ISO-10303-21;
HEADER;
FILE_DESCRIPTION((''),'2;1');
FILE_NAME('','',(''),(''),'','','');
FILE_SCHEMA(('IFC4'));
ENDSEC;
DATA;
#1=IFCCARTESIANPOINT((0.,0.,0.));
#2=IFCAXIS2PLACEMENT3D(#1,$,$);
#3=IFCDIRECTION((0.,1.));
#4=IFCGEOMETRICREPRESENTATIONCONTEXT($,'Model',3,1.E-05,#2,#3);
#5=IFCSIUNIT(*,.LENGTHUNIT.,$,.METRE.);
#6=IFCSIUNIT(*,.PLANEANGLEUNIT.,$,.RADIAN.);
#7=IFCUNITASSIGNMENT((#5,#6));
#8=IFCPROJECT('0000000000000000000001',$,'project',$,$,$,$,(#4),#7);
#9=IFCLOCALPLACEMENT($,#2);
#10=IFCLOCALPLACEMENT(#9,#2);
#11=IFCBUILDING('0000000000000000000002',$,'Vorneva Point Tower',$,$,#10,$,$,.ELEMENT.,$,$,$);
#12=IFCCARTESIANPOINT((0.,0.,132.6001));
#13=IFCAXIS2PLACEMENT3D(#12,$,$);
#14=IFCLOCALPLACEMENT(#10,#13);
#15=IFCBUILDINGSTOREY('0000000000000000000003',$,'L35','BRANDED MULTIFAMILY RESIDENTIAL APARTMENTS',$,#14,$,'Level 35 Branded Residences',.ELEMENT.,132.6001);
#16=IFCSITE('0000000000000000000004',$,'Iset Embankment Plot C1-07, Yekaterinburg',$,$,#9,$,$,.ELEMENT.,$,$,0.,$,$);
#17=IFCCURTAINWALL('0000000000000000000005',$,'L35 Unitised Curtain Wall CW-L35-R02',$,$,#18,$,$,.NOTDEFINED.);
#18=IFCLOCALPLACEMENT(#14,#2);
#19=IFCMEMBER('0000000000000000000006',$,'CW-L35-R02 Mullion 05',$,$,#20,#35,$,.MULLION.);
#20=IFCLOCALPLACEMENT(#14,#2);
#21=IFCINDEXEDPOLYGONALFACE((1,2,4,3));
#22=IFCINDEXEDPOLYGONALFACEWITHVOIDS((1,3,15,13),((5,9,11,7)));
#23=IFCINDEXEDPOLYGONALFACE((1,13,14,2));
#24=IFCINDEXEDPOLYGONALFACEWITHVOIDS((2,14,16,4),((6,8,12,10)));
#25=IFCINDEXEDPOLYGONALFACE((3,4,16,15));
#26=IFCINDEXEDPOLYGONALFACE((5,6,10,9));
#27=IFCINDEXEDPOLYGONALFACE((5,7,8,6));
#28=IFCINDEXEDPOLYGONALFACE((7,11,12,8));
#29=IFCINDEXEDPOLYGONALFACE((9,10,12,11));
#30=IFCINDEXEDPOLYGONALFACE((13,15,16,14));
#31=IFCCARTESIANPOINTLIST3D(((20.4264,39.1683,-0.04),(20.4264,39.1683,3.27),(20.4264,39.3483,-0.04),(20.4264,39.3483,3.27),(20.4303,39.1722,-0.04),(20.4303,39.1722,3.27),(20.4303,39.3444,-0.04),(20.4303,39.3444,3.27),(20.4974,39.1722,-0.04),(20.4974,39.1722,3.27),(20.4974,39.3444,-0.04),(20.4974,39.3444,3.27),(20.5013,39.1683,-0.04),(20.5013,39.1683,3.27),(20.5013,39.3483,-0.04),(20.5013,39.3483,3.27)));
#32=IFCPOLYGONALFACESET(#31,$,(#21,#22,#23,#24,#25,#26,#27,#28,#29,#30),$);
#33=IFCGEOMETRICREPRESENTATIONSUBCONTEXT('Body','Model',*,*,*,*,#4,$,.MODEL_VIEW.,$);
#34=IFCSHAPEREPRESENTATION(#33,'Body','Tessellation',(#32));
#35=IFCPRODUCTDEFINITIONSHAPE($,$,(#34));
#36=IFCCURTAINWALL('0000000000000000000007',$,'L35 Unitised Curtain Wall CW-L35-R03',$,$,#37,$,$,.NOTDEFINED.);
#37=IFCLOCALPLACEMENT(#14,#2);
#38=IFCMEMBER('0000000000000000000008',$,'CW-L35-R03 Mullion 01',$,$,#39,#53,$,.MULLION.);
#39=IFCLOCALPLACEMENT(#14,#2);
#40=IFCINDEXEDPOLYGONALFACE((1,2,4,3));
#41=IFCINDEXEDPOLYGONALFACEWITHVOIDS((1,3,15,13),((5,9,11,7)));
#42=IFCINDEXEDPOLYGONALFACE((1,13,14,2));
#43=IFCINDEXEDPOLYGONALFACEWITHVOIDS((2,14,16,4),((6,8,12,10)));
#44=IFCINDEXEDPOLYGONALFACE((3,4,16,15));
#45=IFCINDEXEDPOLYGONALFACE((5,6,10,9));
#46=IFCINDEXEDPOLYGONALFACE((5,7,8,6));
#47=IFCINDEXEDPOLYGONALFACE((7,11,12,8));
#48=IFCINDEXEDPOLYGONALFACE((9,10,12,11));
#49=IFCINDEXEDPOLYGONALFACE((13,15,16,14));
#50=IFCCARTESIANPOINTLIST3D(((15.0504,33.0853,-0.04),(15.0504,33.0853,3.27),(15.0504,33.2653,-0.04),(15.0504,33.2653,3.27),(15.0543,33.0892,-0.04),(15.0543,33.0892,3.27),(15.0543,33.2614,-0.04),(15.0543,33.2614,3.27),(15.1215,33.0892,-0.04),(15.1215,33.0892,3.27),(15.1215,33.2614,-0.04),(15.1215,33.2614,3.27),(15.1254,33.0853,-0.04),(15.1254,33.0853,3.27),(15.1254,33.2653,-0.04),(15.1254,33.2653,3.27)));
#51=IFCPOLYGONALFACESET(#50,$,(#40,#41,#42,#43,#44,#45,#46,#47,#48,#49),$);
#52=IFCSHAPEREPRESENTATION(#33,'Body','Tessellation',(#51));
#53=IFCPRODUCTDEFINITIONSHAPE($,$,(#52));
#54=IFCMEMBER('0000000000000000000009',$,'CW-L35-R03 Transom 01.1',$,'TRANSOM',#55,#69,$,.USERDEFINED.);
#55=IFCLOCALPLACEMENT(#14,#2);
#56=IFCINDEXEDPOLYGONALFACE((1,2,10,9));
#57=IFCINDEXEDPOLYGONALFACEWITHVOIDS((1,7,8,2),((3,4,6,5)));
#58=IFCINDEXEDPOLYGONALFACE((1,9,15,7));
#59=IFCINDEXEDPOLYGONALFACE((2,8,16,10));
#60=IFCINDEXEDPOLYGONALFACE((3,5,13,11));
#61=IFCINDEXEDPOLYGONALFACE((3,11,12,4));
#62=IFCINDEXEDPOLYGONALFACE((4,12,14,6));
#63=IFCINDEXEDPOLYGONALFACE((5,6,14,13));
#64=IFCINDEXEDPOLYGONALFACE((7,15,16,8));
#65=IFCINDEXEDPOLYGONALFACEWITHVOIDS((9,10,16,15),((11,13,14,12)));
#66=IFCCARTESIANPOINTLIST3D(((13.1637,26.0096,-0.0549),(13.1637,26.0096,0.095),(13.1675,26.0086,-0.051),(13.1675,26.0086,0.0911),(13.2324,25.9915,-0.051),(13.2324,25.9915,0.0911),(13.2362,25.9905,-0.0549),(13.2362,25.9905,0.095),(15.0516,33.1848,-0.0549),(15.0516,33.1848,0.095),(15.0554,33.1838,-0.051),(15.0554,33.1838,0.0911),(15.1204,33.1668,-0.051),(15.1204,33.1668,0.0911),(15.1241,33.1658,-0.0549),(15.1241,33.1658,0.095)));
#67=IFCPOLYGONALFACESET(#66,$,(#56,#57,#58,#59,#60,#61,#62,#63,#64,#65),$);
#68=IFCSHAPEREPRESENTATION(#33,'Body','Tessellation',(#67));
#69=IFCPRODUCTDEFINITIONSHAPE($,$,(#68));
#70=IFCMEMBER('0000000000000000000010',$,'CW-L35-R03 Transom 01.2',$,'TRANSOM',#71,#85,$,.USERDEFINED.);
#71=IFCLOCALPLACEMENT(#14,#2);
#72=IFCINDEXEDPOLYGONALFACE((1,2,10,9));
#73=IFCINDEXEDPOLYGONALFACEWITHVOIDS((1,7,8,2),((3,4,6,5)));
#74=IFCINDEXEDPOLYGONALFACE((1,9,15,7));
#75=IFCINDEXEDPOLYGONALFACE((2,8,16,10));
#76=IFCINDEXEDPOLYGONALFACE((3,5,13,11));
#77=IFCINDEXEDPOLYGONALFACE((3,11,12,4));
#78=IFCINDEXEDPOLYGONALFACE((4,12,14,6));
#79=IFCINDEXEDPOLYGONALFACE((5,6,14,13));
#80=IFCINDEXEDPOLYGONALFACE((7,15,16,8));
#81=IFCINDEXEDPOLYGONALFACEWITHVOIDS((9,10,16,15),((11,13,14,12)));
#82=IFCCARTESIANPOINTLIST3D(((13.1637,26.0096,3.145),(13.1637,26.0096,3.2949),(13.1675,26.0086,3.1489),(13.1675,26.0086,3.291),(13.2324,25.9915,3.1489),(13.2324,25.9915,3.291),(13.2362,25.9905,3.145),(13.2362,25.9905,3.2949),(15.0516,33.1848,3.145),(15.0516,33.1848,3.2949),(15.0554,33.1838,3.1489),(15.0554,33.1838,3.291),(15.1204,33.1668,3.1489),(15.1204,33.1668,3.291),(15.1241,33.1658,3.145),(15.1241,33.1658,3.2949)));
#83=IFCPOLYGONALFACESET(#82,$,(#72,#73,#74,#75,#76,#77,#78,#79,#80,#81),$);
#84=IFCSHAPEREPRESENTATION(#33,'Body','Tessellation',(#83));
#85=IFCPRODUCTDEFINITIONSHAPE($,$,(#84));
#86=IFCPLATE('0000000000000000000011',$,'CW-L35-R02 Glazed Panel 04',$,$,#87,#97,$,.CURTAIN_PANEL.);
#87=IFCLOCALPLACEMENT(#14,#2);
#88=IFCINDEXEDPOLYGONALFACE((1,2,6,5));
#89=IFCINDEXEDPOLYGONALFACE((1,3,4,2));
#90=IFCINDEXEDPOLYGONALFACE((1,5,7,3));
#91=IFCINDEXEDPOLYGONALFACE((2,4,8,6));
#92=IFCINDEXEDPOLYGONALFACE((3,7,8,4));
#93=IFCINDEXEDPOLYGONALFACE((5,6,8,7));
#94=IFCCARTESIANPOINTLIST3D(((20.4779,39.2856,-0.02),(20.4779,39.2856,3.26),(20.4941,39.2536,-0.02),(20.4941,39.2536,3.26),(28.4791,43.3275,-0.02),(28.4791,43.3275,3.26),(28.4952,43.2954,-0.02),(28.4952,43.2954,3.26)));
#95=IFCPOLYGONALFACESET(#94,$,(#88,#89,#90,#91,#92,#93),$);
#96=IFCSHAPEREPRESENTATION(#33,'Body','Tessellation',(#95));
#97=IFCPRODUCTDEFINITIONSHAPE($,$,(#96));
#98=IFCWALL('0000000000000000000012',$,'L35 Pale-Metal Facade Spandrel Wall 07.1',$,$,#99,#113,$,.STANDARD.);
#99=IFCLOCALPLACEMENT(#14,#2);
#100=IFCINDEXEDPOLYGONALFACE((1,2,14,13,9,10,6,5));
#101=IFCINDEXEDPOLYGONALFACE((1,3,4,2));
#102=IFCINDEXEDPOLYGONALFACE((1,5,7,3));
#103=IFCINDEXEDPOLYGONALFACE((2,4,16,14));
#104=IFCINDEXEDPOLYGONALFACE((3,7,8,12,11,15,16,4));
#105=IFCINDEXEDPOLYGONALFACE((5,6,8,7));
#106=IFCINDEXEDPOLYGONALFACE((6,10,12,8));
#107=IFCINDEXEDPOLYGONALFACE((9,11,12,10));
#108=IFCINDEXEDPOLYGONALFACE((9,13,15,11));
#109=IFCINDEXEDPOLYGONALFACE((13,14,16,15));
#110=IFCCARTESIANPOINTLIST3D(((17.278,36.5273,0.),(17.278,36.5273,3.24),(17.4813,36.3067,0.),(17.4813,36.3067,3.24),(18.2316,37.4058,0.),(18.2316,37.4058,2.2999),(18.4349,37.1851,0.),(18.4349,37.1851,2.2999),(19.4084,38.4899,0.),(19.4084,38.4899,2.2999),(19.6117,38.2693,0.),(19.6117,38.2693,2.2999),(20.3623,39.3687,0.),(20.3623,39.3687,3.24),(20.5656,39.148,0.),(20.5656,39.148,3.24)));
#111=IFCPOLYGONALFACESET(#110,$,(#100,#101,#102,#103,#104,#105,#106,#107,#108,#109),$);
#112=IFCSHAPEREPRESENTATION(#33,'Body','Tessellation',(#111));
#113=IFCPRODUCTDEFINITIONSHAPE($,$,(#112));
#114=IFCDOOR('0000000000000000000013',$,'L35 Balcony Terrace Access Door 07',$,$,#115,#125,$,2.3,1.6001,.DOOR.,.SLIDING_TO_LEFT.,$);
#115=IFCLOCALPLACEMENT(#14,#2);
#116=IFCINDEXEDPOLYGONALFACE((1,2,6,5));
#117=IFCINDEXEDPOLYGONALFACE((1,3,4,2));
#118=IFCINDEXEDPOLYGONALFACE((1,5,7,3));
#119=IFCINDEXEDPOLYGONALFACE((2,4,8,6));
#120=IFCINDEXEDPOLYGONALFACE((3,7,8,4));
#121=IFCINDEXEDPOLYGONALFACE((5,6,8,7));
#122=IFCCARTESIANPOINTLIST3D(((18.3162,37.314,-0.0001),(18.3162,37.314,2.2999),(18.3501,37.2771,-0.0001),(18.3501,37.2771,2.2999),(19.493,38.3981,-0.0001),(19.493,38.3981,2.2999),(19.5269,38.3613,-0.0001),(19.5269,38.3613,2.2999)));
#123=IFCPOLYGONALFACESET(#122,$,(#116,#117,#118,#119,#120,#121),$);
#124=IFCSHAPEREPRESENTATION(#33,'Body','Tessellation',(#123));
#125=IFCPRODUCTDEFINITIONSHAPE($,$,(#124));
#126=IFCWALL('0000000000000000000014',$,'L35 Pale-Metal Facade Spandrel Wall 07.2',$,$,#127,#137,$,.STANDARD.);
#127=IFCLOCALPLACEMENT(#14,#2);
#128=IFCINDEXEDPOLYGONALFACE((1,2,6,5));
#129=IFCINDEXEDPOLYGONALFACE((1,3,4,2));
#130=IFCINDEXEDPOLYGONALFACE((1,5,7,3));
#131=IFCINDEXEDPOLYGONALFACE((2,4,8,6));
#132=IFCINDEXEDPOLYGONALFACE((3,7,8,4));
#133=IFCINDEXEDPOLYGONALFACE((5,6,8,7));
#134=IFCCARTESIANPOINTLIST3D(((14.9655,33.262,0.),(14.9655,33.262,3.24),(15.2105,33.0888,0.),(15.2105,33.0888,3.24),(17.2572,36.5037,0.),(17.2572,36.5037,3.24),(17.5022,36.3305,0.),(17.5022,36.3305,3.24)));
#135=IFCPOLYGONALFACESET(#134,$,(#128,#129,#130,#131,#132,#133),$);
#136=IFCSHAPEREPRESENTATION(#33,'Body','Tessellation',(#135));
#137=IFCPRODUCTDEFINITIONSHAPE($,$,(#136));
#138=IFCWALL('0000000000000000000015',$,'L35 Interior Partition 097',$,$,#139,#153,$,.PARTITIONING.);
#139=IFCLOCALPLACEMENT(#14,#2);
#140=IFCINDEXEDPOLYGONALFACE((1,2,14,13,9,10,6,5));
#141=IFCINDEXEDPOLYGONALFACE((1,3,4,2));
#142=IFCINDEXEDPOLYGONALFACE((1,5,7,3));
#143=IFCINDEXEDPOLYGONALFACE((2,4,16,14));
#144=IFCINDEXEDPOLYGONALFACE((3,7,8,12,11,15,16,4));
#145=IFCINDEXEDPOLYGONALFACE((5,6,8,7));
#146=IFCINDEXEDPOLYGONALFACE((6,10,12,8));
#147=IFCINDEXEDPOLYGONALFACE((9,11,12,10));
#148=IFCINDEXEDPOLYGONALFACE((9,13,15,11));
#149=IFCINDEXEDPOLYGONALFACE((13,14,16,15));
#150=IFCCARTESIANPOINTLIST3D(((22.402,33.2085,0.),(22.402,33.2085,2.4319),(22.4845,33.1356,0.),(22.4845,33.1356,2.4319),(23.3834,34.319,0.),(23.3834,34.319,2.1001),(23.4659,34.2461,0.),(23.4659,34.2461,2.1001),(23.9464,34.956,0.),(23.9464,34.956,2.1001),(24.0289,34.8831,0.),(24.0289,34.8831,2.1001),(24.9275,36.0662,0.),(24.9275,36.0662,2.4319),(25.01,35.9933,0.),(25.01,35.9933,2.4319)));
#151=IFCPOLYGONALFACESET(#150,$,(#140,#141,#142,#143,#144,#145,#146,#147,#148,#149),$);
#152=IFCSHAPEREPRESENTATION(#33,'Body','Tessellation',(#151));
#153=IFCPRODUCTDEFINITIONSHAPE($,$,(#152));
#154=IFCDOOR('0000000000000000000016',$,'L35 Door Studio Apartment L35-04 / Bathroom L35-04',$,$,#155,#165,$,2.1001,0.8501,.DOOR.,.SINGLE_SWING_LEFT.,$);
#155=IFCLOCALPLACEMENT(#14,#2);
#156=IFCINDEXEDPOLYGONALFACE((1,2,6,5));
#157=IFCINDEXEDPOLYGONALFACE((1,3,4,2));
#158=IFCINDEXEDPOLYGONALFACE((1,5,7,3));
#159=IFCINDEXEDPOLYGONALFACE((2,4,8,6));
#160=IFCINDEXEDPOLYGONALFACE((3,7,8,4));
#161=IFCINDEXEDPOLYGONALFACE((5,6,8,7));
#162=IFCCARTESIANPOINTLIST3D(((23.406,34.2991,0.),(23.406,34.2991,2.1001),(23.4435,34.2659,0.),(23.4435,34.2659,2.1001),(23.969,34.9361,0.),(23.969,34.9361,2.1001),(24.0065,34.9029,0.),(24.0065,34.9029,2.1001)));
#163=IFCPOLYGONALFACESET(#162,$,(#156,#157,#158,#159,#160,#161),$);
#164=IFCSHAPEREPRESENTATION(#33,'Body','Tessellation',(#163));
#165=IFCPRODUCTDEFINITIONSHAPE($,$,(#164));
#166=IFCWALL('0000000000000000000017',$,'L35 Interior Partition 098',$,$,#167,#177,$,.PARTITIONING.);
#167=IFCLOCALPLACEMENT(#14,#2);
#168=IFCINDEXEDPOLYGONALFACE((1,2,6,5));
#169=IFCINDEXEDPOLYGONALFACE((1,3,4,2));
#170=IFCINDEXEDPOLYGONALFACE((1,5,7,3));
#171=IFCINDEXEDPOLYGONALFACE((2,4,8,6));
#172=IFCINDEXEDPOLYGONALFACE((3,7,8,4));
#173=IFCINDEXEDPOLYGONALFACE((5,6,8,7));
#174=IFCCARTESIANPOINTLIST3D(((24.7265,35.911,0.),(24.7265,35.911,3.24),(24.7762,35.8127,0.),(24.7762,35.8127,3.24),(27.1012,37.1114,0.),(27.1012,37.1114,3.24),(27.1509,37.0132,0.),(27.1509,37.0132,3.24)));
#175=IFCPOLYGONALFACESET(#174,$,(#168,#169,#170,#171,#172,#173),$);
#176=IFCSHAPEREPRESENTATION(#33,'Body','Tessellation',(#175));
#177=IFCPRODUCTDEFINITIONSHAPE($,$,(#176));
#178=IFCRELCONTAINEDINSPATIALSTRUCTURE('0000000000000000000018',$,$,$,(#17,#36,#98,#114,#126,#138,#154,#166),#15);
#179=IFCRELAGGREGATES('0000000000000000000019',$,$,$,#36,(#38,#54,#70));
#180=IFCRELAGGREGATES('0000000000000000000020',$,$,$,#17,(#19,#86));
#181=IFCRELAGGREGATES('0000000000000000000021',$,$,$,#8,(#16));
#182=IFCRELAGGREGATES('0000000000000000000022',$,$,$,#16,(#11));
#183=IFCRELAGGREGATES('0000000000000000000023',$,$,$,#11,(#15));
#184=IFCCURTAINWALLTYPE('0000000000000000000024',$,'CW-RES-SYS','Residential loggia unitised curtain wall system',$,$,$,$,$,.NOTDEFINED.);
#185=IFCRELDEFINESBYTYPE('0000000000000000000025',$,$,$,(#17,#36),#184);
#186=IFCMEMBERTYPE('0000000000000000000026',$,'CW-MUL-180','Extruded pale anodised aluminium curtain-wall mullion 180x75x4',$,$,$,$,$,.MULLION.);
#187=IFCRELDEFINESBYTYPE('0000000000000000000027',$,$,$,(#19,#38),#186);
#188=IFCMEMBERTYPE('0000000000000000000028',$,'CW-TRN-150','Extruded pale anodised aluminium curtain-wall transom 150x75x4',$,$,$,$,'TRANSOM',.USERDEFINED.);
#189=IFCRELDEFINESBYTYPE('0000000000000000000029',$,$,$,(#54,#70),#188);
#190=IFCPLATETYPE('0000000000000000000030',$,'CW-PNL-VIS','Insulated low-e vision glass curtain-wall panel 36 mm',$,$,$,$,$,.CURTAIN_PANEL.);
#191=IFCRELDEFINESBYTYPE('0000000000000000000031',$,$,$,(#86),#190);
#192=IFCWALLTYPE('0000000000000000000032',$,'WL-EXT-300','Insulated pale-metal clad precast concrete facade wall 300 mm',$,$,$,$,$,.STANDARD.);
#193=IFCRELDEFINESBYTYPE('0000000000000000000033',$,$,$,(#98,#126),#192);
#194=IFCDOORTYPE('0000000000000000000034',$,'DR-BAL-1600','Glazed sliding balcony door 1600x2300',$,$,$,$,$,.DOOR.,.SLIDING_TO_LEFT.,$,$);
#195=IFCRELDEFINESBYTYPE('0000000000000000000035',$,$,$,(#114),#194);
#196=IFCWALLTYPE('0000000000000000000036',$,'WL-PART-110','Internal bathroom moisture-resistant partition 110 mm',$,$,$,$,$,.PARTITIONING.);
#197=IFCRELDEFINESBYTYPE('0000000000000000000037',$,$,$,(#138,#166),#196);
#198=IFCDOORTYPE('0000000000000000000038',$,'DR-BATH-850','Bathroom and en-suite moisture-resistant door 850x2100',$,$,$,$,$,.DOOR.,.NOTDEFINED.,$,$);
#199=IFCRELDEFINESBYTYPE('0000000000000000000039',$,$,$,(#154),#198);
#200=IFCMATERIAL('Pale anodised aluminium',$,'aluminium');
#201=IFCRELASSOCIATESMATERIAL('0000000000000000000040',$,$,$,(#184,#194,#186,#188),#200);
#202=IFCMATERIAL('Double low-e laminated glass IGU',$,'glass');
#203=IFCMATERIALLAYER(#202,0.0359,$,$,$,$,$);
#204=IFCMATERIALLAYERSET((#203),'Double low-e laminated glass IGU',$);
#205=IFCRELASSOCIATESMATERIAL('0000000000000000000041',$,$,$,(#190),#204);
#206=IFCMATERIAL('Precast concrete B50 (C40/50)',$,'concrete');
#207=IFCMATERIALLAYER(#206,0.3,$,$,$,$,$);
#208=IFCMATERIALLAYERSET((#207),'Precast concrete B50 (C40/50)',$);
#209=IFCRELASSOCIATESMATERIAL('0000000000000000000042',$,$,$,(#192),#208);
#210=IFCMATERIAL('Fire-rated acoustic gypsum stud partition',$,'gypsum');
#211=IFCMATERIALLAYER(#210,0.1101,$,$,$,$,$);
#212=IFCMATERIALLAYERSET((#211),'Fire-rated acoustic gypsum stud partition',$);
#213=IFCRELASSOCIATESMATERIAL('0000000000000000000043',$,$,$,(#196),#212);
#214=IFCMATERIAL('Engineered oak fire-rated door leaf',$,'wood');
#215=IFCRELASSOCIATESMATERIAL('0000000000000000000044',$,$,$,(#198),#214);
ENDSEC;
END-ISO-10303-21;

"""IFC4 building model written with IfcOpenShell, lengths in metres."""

from ifc_helpers import new_model, si_unit, direction, frame, frame_2d, origin, origin_2d, place, context, subcontext, project, spatial, rectangle, hollow_rectangle, extrude, material, layer, layer_set, material_profile, profile_set, type_object, element, fill, aggregate, save


model = new_model("IFC4")

# Units and contexts
model_context = context("Model", 3, precision=1e-05, world=origin(), true_north=direction((0.0, 1.0)))
body_context = subcontext(model_context, "Body", "Model", "MODEL_VIEW")
ifc_project = project(units=[si_unit("LENGTHUNIT", "METRE"), si_unit("PLANEANGLEUNIT", "RADIAN")], contexts=[model_context])

# Site, building, storey
site_placement = place(None, origin())
site = spatial("IfcSite", under=ifc_project, at=site_placement, Name="Iset Embankment Plot C1-07, Yekaterinburg", CompositionType="ELEMENT", RefElevation=0.0)
building_placement = place(site_placement, origin())
building = spatial("IfcBuilding", under=site, at=building_placement, Name="Vorneva Point Tower", CompositionType="ELEMENT")
storey_placement = place(building_placement, frame((0.0, 0.0, 132.6001)))
storey = spatial("IfcBuildingStorey", under=building, at=storey_placement, Name="L35", Description="BRANDED MULTIFAMILY RESIDENTIAL APARTMENTS", LongName="Level 35 Branded Residences", CompositionType="ELEMENT", Elevation=132.6001)

# Curtain wall, member
ifc_material_1 = material(Name="Pale anodised aluminium", Category="aluminium")
curtain_wall_type = type_object("IfcCurtainWallType", Name="CW-RES-SYS", Description="Residential loggia unitised curtain wall system", PredefinedType="NOTDEFINED", material=ifc_material_1)
curtain_wall_1_placement = place(storey_placement, origin())
curtain_wall_1 = element("IfcCurtainWall", 1, at=curtain_wall_1_placement, inside=storey, type_object=curtain_wall_type, Name="L35 Unitised Curtain Wall CW-L35-R02", PredefinedType="NOTDEFINED")
ifc_material_profile_1 = material_profile(ifc_material_1, hollow_rectangle(XDim=0.075, YDim=0.1799, WallThickness=0.0039, at=origin_2d()), Name="AL-MUL 180x75x4")
ifc_profile_set_1 = profile_set([ifc_material_profile_1], Name="Pale anodised aluminium")
member_type_1 = type_object("IfcMemberType", Name="CW-MUL-180", Description="Extruded pale anodised aluminium curtain-wall mullion 180x75x4", PredefinedType="MULLION", material=ifc_profile_set_1)
member_1_placement = place(storey_placement, frame((20.4639, 39.2583, -0.04), z_axis=(0.0, 0.0, 1.0), x_axis=(1.0, 0.0, 0.0)))
member_1 = element("IfcMember", 2, at=member_1_placement, type_object=member_type_1, Name="CW-L35-R02 Mullion 05", PredefinedType="MULLION", context=body_context, shape_type="SweptSolid", body=[
    extrude(hollow_rectangle(XDim=0.075, YDim=0.1799, WallThickness=0.0039, at=origin_2d()), origin(), (0.0, 0.0, 1.0), 3.3101),
])

# Curtain wall, members
curtain_wall_2_placement = place(storey_placement, origin())
curtain_wall_2 = element("IfcCurtainWall", 3, at=curtain_wall_2_placement, inside=storey, type_object=curtain_wall_type, Name="L35 Unitised Curtain Wall CW-L35-R03", PredefinedType="NOTDEFINED")
member_2_placement = place(storey_placement, frame((15.0879, 33.1753, -0.04), z_axis=(0.0, 0.0, 1.0), x_axis=(1.0, 0.0, 0.0)))
member_2 = element("IfcMember", 4, at=member_2_placement, type_object=member_type_1, Name="CW-L35-R03 Mullion 01", PredefinedType="MULLION", context=body_context, shape_type="SweptSolid", body=[
    extrude(hollow_rectangle(XDim=0.075, YDim=0.1799, WallThickness=0.0039, at=origin_2d()), origin(), (0.0, 0.0, 1.0), 3.3101),
])
ifc_material_profile_2 = material_profile(ifc_material_1, hollow_rectangle(XDim=0.075, YDim=0.1499, WallThickness=0.0039, at=origin_2d()), Name="AL-TRN 150x75x4")
ifc_profile_set_2 = profile_set([ifc_material_profile_2], Name="Pale anodised aluminium")
member_type_2 = type_object("IfcMemberType", Name="CW-TRN-150", Description="Extruded pale anodised aluminium curtain-wall transom 150x75x4", ElementType="TRANSOM", PredefinedType="USERDEFINED", material=ifc_profile_set_2)
member_3_placement = place(storey_placement, frame((15.0879, 33.1753, 0.02), z_axis=(-0.254456, -0.967084, 0.0), x_axis=(0.967084, -0.254456, 0.0)))
member_3 = element("IfcMember", 5, at=member_3_placement, type_object=member_type_2, Name="CW-L35-R03 Transom 01.1", ObjectType="TRANSOM", PredefinedType="USERDEFINED", context=body_context, shape_type="SweptSolid", body=[
    extrude(hollow_rectangle(XDim=0.075, YDim=0.1499, WallThickness=0.0039, at=origin_2d()), origin(), (0.0, 0.0, 1.0), 7.4194),
])
member_4_placement = place(storey_placement, frame((15.0879, 33.1753, 3.22), z_axis=(-0.254456, -0.967084, 0.0), x_axis=(0.967084, -0.254456, 0.0)))
member_4 = element("IfcMember", 6, at=member_4_placement, type_object=member_type_2, Name="CW-L35-R03 Transom 01.2", ObjectType="TRANSOM", PredefinedType="USERDEFINED", context=body_context, shape_type="SweptSolid", body=[
    extrude(hollow_rectangle(XDim=0.075, YDim=0.1499, WallThickness=0.0039, at=origin_2d()), origin(), (0.0, 0.0, 1.0), 7.4194),
])
aggregate(curtain_wall_2, [member_2, member_3, member_4])

# Plate
ifc_material_2 = material(Name="Double low-e laminated glass IGU", Category="glass")
ifc_layer_1 = layer(ifc_material_2, 0.0359)
ifc_layer_set_1 = layer_set([ifc_layer_1], Name="Double low-e laminated glass IGU")
plate_type = type_object("IfcPlateType", Name="CW-PNL-VIS", Description="Insulated low-e vision glass curtain-wall panel 36 mm", PredefinedType="CURTAIN_PANEL", material=ifc_layer_set_1)
plate_placement = place(storey_placement, frame((24.4866, 41.2905, -0.02), z_axis=(0.0, 0.0, 1.0), x_axis=(-0.892578, -0.450893, 0.0)))
plate = element("IfcPlate", 7, at=plate_placement, type_object=plate_type, Name="CW-L35-R02 Glazed Panel 04", PredefinedType="CURTAIN_PANEL", context=body_context, shape_type="SweptSolid", body=[
    extrude(rectangle(XDim=8.9641, YDim=0.0359, at=origin_2d()), origin(), (0.0, 0.0, 1.0), 3.28),
])
aggregate(curtain_wall_1, [member_1, plate])

# Wall, opening, door
ifc_material_3 = material(Name="Precast concrete B50 (C40/50)", Category="concrete")
ifc_layer_2 = layer(ifc_material_3, 0.3)
ifc_layer_set_2 = layer_set([ifc_layer_2], Name="Precast concrete B50 (C40/50)")
wall_type_1 = type_object("IfcWallType", Name="WL-EXT-300", Description="Insulated pale-metal clad precast concrete facade wall 300 mm", PredefinedType="STANDARD", material=ifc_layer_set_2)
wall_1_placement = place(storey_placement, frame((20.4639, 39.2583, 0.0), z_axis=(0.0, 0.0, 1.0), x_axis=(-0.735477, -0.67755, 0.0)))
wall_1 = element("IfcWall", 8, at=wall_1_placement, inside=storey, type_object=wall_type_1, Name="L35 Pale-Metal Facade Spandrel Wall 07.1", PredefinedType="STANDARD", context=body_context, shape_type="SweptSolid", body=[
    extrude(rectangle(XDim=4.1936, YDim=0.3, at=frame_2d((2.0967, 0.0))), origin(), (0.0, 0.0, 1.0), 3.24),
])
opening_1_placement = place(wall_1_placement, frame((1.2969, 0.0, 0.0)))
opening_1 = element("IfcOpeningElement", 9, at=opening_1_placement, cuts=wall_1, PredefinedType="OPENING", context=body_context, shape_type="SweptSolid", body=[
    extrude(rectangle(XDim=1.6001, YDim=2.3, at=frame_2d((0.8, 1.1499))), frame((0.0, 0.165, 0.0), z_axis=(0.0, -1.0, 0.0), x_axis=(1.0, 0.0, 0.0)), (0.0, 0.0, 1.0), 0.3298),
])
door_type_1 = type_object("IfcDoorType", Name="DR-BAL-1600", Description="Glazed sliding balcony door 1600x2300", OperationType="SLIDING_TO_LEFT", PredefinedType="DOOR", material=ifc_material_1)
door_1_placement = place(opening_1_placement, origin())
door_1 = element("IfcDoor", 10, at=door_1_placement, inside=storey, type_object=door_type_1, Name="L35 Balcony Terrace Access Door 07", OperationType="SLIDING_TO_LEFT", OverallHeight=2.3, OverallWidth=1.6001, PredefinedType="DOOR", context=body_context, shape_type="SweptSolid", body=[
    extrude(rectangle(XDim=1.6001, YDim=2.3, at=frame_2d((0.8, 1.1499))), frame((0.0, 0.0249, 0.0), z_axis=(0.0, -1.0, 0.0), x_axis=(1.0, 0.0, 0.0)), (0.0, 0.0, 1.0), 0.05),
])
fill(opening_1, door_1)

# Wall
wall_2_placement = place(storey_placement, frame((17.3796, 36.417, 0.0), z_axis=(0.0, 0.0, 1.0), x_axis=(-0.57727, -0.816554, 0.0)))
element("IfcWall", 11, at=wall_2_placement, inside=storey, type_object=wall_type_1, Name="L35 Pale-Metal Facade Spandrel Wall 07.2", PredefinedType="STANDARD", context=body_context, shape_type="SweptSolid", body=[
    extrude(rectangle(XDim=3.97, YDim=0.3, at=frame_2d((1.9849, 0.0))), origin(), (0.0, 0.0, 1.0), 3.24),
])

# Wall, opening, door
ifc_material_4 = material(Name="Fire-rated acoustic gypsum stud partition", Category="gypsum")
ifc_layer_3 = layer(ifc_material_4, 0.1101)
ifc_layer_set_3 = layer_set([ifc_layer_3], Name="Fire-rated acoustic gypsum stud partition")
wall_type_2 = type_object("IfcWallType", Name="WL-PART-110", Description="Internal bathroom moisture-resistant partition 110 mm", PredefinedType="PARTITIONING", material=ifc_layer_set_3)
wall_3_placement = place(storey_placement, frame((22.4434, 33.1721, 0.0), z_axis=(0.0, 0.0, 1.0), x_axis=(0.662199, 0.749328, 0.0)))
wall_3 = element("IfcWall", 12, at=wall_3_placement, inside=storey, type_object=wall_type_2, Name="L35 Interior Partition 097", PredefinedType="PARTITIONING", context=body_context, shape_type="SweptSolid", body=[
    extrude(rectangle(XDim=3.8137, YDim=0.1101, at=frame_2d((1.9067, 0.0))), origin(), (0.0, 0.0, 1.0), 2.4319),
])
opening_2_placement = place(wall_3_placement, frame((1.4819, 0.0, 0.0)))
opening_2 = element("IfcOpeningElement", 13, at=opening_2_placement, cuts=wall_3, PredefinedType="OPENING", context=body_context, shape_type="SweptSolid", body=[
    extrude(rectangle(XDim=0.8501, YDim=2.1001, at=frame_2d((0.425, 1.05))), frame((0.0, 0.0698, 0.0), z_axis=(0.0, -1.0, 0.0), x_axis=(1.0, 0.0, 0.0)), (0.0, 0.0, 1.0), 0.1399),
])
ifc_material_5 = material(Name="Engineered oak fire-rated door leaf", Category="wood")
door_type_2 = type_object("IfcDoorType", Name="DR-BATH-850", Description="Bathroom and en-suite moisture-resistant door 850x2100", OperationType="NOTDEFINED", PredefinedType="DOOR", material=ifc_material_5)
door_2_placement = place(opening_2_placement, origin())
door_2 = element("IfcDoor", 14, at=door_2_placement, inside=storey, type_object=door_type_2, Name="L35 Door Studio Apartment L35-04 / Bathroom L35-04", OperationType="SINGLE_SWING_LEFT", OverallHeight=2.1001, OverallWidth=0.8501, PredefinedType="DOOR", context=body_context, shape_type="SweptSolid", body=[
    extrude(rectangle(XDim=0.8501, YDim=2.1001, at=frame_2d((0.425, 1.05))), frame((0.0, 0.0249, 0.0), z_axis=(0.0, -1.0, 0.0), x_axis=(1.0, 0.0, 0.0)), (0.0, 0.0, 1.0), 0.05),
])
fill(opening_2, door_2)

# Wall
wall_4_placement = place(storey_placement, frame((24.7512, 35.8618, 0.0), z_axis=(0.0, 0.0, 1.0), x_axis=(0.892455, 0.451136, 0.0)))
element("IfcWall", 15, at=wall_4_placement, inside=storey, type_object=wall_type_2, Name="L35 Interior Partition 098", PredefinedType="PARTITIONING", context=body_context, shape_type="SweptSolid", body=[
    extrude(rectangle(XDim=2.6609, YDim=0.1101, at=frame_2d((1.3306, 0.0))), origin(), (0.0, 0.0, 1.0), 3.24),
])

save(model, "model.ifc")
